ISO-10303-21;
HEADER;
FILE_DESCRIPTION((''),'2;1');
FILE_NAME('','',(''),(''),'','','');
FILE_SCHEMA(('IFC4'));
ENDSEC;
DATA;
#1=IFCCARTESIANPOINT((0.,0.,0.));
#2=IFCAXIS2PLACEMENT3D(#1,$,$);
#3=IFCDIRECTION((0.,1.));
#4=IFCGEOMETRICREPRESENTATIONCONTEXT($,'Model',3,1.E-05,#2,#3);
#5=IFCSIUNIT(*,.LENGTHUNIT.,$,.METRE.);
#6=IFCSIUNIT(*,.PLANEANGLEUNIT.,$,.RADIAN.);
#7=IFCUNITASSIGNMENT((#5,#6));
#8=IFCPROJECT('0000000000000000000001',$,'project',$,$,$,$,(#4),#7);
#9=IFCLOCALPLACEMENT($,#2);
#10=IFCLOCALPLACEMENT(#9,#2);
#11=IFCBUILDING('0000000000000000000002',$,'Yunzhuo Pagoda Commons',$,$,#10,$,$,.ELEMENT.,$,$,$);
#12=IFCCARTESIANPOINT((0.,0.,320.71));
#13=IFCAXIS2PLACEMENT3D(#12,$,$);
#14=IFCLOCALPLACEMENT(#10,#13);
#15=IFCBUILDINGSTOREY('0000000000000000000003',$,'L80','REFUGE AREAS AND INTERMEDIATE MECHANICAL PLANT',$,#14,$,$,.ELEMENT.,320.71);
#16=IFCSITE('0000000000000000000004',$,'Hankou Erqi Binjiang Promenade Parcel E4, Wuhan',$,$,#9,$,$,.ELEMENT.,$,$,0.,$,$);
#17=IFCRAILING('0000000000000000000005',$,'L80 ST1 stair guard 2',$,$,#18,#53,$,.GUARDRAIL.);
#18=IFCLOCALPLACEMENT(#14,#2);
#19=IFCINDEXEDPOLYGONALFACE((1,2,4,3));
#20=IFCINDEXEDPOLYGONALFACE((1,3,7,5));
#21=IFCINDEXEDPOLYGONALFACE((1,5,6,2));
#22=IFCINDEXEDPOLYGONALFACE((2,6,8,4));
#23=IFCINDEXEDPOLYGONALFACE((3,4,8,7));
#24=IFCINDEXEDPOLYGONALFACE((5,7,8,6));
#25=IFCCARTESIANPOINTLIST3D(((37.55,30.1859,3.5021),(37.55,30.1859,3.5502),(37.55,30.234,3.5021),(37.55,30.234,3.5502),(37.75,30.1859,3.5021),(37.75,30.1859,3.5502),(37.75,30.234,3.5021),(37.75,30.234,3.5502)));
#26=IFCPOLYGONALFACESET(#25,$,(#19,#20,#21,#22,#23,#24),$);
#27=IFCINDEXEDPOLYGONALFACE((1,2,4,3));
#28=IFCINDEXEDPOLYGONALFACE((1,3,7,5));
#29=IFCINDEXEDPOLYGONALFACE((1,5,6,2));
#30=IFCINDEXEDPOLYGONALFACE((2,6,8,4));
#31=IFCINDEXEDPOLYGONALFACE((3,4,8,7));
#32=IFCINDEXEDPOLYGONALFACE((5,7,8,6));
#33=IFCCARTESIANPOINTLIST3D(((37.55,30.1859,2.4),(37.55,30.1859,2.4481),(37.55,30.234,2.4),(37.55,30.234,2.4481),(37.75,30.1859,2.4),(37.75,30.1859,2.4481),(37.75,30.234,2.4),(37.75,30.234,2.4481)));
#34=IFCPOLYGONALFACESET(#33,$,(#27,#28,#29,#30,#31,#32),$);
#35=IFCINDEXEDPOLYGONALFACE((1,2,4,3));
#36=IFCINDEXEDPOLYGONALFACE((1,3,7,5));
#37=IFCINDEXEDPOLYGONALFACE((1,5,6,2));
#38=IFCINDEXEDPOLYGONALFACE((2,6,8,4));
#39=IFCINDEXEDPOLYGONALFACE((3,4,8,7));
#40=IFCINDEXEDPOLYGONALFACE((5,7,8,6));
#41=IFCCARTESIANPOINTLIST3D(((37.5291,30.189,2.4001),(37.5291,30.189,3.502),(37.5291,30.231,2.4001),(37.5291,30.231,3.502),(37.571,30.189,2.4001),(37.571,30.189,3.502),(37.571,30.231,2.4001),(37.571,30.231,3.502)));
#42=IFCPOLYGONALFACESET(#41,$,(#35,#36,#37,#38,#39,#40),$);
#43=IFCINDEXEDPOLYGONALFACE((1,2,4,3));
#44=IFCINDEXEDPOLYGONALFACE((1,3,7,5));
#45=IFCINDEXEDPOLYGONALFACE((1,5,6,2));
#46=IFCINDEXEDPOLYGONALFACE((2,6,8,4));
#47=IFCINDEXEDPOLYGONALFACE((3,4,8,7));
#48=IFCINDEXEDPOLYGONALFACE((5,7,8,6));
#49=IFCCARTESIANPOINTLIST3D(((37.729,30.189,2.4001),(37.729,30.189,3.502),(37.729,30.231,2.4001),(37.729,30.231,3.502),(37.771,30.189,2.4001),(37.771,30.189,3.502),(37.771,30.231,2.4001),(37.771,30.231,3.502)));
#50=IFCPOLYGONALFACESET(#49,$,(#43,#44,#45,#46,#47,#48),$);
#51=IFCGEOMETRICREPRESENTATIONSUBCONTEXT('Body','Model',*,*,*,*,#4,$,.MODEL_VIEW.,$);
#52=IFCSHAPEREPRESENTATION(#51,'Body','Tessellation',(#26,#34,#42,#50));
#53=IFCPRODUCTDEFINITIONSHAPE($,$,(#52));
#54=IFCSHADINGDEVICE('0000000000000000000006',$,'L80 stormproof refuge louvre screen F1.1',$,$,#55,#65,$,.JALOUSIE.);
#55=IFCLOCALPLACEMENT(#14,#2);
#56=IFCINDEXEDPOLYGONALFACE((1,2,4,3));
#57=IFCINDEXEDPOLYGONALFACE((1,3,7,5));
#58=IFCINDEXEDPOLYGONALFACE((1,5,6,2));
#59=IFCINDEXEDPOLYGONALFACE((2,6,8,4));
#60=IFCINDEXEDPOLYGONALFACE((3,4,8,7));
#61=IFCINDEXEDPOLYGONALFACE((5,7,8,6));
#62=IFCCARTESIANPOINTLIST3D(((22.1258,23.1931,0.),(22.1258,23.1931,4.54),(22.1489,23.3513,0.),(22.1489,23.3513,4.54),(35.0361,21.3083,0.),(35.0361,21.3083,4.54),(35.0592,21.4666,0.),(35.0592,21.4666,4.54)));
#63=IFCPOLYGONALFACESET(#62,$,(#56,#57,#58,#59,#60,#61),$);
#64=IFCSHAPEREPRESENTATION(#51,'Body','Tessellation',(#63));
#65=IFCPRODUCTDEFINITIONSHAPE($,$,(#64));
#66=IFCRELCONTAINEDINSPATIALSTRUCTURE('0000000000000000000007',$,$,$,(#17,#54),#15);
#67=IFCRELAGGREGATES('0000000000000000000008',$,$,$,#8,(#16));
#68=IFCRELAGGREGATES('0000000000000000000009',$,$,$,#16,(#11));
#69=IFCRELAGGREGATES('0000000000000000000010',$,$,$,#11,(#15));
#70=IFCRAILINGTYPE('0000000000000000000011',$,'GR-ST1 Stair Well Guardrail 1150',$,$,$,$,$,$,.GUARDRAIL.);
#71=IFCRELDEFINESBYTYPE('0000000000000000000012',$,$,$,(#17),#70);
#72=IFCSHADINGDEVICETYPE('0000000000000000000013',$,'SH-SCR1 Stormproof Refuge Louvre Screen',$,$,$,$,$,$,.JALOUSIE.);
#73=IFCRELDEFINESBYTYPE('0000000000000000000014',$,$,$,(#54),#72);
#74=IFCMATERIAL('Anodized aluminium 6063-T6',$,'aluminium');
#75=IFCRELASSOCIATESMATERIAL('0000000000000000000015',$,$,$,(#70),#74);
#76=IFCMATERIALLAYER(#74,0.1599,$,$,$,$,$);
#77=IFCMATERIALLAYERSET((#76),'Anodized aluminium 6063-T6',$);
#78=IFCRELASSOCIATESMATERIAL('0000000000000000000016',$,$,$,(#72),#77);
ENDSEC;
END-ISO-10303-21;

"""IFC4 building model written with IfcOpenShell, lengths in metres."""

from ifc_helpers import new_model, si_unit, direction, frame, origin, origin_2d, place, context, subcontext, project, spatial, rectangle, extrude, source, transform, mapped, material, layer, layer_set, type_object, element, save


model = new_model("IFC4")

# Units and contexts
model_context = context("Model", 3, precision=1e-05, world=origin(), true_north=direction((0.0, 1.0)))
body_context = subcontext(model_context, "Body", "Model", "MODEL_VIEW")
ifc_project = project(units=[si_unit("LENGTHUNIT", "METRE"), si_unit("PLANEANGLEUNIT", "RADIAN")], contexts=[model_context])

# Site, building, storey
site_placement = place(None, origin())
site = spatial("IfcSite", under=ifc_project, at=site_placement, Name="Hankou Erqi Binjiang Promenade Parcel E4, Wuhan", CompositionType="ELEMENT", RefElevation=0.0)
building_placement = place(site_placement, origin())
building = spatial("IfcBuilding", under=site, at=building_placement, Name="Yunzhuo Pagoda Commons", CompositionType="ELEMENT")
storey_placement = place(building_placement, frame((0.0, 0.0, 320.71)))
storey = spatial("IfcBuildingStorey", under=building, at=storey_placement, Name="L80", Description="REFUGE AREAS AND INTERMEDIATE MECHANICAL PLANT", CompositionType="ELEMENT", Elevation=320.71)

# Railing
ifc_material_1 = material(Name="Anodized aluminium 6063-T6", Category="aluminium")
railing_type_1 = type_object("IfcRailingType", Name="GR-ST1 Stair Well Guardrail 1150", PredefinedType="GUARDRAIL", material=ifc_material_1)
railing_1_placement = place(storey_placement, frame((37.55, 30.21, 2.4001)))
element("IfcRailing", 1, at=railing_1_placement, inside=storey, type_object=railing_type_1, Name="L80 ST1 stair guard 2", PredefinedType="GUARDRAIL", context=body_context, shape_type="SweptSolid", body=[
    extrude(rectangle(XDim=0.0481, YDim=0.0481, at=origin_2d()), frame((0.0, 0.0, 1.126), z_axis=(1.0, 0.0, 0.0), x_axis=(0.0, 1.0, 0.0)), (0.0, 0.0, 1.0), 0.2),
    extrude(rectangle(XDim=0.0481, YDim=0.0481, at=origin_2d()), frame((0.0, 0.0, 0.0239), z_axis=(1.0, 0.0, 0.0), x_axis=(0.0, 1.0, 0.0)), (0.0, 0.0, 1.0), 0.2),
    extrude(rectangle(XDim=0.042, YDim=0.042, at=origin_2d()), origin(), (0.0, 0.0, 1.0), 1.1018),
    extrude(rectangle(XDim=0.042, YDim=0.042, at=origin_2d()), frame((0.2, 0.0, 0.0)), (0.0, 0.0, 1.0), 1.1018),
])

# Shading device
ifc_layer_1 = layer(ifc_material_1, 0.1599)
ifc_layer_set_1 = layer_set([ifc_layer_1], Name="Anodized aluminium 6063-T6")
shading_device_type = type_object("IfcShadingDeviceType", Name="SH-SCR1 Stormproof Refuge Louvre Screen", PredefinedType="JALOUSIE", material=ifc_layer_set_1)
shared_shape_1 = source(origin(), body_context, "Body", "SweptSolid", [
    extrude(rectangle(XDim=13.0471, YDim=0.1599, at=origin_2d()), origin(), (0.0, 0.0, 1.0), 4.54),
])
shading_device_placement = place(storey_placement, frame((28.5925, 22.3298, 0.0), z_axis=(0.0, 0.0, 1.0), x_axis=(0.989511, -0.14446, 0.0)))
element("IfcShadingDevice", 2, at=shading_device_placement, inside=storey, type_object=shading_device_type, Name="L80 stormproof refuge louvre screen F1.1", PredefinedType="JALOUSIE", context=body_context, shape_type="MappedRepresentation", body=[
    mapped(shared_shape_1, transform((0.0, 0.0, 0.0), scale=1.0)),
])

save(model, "model.ifc")
